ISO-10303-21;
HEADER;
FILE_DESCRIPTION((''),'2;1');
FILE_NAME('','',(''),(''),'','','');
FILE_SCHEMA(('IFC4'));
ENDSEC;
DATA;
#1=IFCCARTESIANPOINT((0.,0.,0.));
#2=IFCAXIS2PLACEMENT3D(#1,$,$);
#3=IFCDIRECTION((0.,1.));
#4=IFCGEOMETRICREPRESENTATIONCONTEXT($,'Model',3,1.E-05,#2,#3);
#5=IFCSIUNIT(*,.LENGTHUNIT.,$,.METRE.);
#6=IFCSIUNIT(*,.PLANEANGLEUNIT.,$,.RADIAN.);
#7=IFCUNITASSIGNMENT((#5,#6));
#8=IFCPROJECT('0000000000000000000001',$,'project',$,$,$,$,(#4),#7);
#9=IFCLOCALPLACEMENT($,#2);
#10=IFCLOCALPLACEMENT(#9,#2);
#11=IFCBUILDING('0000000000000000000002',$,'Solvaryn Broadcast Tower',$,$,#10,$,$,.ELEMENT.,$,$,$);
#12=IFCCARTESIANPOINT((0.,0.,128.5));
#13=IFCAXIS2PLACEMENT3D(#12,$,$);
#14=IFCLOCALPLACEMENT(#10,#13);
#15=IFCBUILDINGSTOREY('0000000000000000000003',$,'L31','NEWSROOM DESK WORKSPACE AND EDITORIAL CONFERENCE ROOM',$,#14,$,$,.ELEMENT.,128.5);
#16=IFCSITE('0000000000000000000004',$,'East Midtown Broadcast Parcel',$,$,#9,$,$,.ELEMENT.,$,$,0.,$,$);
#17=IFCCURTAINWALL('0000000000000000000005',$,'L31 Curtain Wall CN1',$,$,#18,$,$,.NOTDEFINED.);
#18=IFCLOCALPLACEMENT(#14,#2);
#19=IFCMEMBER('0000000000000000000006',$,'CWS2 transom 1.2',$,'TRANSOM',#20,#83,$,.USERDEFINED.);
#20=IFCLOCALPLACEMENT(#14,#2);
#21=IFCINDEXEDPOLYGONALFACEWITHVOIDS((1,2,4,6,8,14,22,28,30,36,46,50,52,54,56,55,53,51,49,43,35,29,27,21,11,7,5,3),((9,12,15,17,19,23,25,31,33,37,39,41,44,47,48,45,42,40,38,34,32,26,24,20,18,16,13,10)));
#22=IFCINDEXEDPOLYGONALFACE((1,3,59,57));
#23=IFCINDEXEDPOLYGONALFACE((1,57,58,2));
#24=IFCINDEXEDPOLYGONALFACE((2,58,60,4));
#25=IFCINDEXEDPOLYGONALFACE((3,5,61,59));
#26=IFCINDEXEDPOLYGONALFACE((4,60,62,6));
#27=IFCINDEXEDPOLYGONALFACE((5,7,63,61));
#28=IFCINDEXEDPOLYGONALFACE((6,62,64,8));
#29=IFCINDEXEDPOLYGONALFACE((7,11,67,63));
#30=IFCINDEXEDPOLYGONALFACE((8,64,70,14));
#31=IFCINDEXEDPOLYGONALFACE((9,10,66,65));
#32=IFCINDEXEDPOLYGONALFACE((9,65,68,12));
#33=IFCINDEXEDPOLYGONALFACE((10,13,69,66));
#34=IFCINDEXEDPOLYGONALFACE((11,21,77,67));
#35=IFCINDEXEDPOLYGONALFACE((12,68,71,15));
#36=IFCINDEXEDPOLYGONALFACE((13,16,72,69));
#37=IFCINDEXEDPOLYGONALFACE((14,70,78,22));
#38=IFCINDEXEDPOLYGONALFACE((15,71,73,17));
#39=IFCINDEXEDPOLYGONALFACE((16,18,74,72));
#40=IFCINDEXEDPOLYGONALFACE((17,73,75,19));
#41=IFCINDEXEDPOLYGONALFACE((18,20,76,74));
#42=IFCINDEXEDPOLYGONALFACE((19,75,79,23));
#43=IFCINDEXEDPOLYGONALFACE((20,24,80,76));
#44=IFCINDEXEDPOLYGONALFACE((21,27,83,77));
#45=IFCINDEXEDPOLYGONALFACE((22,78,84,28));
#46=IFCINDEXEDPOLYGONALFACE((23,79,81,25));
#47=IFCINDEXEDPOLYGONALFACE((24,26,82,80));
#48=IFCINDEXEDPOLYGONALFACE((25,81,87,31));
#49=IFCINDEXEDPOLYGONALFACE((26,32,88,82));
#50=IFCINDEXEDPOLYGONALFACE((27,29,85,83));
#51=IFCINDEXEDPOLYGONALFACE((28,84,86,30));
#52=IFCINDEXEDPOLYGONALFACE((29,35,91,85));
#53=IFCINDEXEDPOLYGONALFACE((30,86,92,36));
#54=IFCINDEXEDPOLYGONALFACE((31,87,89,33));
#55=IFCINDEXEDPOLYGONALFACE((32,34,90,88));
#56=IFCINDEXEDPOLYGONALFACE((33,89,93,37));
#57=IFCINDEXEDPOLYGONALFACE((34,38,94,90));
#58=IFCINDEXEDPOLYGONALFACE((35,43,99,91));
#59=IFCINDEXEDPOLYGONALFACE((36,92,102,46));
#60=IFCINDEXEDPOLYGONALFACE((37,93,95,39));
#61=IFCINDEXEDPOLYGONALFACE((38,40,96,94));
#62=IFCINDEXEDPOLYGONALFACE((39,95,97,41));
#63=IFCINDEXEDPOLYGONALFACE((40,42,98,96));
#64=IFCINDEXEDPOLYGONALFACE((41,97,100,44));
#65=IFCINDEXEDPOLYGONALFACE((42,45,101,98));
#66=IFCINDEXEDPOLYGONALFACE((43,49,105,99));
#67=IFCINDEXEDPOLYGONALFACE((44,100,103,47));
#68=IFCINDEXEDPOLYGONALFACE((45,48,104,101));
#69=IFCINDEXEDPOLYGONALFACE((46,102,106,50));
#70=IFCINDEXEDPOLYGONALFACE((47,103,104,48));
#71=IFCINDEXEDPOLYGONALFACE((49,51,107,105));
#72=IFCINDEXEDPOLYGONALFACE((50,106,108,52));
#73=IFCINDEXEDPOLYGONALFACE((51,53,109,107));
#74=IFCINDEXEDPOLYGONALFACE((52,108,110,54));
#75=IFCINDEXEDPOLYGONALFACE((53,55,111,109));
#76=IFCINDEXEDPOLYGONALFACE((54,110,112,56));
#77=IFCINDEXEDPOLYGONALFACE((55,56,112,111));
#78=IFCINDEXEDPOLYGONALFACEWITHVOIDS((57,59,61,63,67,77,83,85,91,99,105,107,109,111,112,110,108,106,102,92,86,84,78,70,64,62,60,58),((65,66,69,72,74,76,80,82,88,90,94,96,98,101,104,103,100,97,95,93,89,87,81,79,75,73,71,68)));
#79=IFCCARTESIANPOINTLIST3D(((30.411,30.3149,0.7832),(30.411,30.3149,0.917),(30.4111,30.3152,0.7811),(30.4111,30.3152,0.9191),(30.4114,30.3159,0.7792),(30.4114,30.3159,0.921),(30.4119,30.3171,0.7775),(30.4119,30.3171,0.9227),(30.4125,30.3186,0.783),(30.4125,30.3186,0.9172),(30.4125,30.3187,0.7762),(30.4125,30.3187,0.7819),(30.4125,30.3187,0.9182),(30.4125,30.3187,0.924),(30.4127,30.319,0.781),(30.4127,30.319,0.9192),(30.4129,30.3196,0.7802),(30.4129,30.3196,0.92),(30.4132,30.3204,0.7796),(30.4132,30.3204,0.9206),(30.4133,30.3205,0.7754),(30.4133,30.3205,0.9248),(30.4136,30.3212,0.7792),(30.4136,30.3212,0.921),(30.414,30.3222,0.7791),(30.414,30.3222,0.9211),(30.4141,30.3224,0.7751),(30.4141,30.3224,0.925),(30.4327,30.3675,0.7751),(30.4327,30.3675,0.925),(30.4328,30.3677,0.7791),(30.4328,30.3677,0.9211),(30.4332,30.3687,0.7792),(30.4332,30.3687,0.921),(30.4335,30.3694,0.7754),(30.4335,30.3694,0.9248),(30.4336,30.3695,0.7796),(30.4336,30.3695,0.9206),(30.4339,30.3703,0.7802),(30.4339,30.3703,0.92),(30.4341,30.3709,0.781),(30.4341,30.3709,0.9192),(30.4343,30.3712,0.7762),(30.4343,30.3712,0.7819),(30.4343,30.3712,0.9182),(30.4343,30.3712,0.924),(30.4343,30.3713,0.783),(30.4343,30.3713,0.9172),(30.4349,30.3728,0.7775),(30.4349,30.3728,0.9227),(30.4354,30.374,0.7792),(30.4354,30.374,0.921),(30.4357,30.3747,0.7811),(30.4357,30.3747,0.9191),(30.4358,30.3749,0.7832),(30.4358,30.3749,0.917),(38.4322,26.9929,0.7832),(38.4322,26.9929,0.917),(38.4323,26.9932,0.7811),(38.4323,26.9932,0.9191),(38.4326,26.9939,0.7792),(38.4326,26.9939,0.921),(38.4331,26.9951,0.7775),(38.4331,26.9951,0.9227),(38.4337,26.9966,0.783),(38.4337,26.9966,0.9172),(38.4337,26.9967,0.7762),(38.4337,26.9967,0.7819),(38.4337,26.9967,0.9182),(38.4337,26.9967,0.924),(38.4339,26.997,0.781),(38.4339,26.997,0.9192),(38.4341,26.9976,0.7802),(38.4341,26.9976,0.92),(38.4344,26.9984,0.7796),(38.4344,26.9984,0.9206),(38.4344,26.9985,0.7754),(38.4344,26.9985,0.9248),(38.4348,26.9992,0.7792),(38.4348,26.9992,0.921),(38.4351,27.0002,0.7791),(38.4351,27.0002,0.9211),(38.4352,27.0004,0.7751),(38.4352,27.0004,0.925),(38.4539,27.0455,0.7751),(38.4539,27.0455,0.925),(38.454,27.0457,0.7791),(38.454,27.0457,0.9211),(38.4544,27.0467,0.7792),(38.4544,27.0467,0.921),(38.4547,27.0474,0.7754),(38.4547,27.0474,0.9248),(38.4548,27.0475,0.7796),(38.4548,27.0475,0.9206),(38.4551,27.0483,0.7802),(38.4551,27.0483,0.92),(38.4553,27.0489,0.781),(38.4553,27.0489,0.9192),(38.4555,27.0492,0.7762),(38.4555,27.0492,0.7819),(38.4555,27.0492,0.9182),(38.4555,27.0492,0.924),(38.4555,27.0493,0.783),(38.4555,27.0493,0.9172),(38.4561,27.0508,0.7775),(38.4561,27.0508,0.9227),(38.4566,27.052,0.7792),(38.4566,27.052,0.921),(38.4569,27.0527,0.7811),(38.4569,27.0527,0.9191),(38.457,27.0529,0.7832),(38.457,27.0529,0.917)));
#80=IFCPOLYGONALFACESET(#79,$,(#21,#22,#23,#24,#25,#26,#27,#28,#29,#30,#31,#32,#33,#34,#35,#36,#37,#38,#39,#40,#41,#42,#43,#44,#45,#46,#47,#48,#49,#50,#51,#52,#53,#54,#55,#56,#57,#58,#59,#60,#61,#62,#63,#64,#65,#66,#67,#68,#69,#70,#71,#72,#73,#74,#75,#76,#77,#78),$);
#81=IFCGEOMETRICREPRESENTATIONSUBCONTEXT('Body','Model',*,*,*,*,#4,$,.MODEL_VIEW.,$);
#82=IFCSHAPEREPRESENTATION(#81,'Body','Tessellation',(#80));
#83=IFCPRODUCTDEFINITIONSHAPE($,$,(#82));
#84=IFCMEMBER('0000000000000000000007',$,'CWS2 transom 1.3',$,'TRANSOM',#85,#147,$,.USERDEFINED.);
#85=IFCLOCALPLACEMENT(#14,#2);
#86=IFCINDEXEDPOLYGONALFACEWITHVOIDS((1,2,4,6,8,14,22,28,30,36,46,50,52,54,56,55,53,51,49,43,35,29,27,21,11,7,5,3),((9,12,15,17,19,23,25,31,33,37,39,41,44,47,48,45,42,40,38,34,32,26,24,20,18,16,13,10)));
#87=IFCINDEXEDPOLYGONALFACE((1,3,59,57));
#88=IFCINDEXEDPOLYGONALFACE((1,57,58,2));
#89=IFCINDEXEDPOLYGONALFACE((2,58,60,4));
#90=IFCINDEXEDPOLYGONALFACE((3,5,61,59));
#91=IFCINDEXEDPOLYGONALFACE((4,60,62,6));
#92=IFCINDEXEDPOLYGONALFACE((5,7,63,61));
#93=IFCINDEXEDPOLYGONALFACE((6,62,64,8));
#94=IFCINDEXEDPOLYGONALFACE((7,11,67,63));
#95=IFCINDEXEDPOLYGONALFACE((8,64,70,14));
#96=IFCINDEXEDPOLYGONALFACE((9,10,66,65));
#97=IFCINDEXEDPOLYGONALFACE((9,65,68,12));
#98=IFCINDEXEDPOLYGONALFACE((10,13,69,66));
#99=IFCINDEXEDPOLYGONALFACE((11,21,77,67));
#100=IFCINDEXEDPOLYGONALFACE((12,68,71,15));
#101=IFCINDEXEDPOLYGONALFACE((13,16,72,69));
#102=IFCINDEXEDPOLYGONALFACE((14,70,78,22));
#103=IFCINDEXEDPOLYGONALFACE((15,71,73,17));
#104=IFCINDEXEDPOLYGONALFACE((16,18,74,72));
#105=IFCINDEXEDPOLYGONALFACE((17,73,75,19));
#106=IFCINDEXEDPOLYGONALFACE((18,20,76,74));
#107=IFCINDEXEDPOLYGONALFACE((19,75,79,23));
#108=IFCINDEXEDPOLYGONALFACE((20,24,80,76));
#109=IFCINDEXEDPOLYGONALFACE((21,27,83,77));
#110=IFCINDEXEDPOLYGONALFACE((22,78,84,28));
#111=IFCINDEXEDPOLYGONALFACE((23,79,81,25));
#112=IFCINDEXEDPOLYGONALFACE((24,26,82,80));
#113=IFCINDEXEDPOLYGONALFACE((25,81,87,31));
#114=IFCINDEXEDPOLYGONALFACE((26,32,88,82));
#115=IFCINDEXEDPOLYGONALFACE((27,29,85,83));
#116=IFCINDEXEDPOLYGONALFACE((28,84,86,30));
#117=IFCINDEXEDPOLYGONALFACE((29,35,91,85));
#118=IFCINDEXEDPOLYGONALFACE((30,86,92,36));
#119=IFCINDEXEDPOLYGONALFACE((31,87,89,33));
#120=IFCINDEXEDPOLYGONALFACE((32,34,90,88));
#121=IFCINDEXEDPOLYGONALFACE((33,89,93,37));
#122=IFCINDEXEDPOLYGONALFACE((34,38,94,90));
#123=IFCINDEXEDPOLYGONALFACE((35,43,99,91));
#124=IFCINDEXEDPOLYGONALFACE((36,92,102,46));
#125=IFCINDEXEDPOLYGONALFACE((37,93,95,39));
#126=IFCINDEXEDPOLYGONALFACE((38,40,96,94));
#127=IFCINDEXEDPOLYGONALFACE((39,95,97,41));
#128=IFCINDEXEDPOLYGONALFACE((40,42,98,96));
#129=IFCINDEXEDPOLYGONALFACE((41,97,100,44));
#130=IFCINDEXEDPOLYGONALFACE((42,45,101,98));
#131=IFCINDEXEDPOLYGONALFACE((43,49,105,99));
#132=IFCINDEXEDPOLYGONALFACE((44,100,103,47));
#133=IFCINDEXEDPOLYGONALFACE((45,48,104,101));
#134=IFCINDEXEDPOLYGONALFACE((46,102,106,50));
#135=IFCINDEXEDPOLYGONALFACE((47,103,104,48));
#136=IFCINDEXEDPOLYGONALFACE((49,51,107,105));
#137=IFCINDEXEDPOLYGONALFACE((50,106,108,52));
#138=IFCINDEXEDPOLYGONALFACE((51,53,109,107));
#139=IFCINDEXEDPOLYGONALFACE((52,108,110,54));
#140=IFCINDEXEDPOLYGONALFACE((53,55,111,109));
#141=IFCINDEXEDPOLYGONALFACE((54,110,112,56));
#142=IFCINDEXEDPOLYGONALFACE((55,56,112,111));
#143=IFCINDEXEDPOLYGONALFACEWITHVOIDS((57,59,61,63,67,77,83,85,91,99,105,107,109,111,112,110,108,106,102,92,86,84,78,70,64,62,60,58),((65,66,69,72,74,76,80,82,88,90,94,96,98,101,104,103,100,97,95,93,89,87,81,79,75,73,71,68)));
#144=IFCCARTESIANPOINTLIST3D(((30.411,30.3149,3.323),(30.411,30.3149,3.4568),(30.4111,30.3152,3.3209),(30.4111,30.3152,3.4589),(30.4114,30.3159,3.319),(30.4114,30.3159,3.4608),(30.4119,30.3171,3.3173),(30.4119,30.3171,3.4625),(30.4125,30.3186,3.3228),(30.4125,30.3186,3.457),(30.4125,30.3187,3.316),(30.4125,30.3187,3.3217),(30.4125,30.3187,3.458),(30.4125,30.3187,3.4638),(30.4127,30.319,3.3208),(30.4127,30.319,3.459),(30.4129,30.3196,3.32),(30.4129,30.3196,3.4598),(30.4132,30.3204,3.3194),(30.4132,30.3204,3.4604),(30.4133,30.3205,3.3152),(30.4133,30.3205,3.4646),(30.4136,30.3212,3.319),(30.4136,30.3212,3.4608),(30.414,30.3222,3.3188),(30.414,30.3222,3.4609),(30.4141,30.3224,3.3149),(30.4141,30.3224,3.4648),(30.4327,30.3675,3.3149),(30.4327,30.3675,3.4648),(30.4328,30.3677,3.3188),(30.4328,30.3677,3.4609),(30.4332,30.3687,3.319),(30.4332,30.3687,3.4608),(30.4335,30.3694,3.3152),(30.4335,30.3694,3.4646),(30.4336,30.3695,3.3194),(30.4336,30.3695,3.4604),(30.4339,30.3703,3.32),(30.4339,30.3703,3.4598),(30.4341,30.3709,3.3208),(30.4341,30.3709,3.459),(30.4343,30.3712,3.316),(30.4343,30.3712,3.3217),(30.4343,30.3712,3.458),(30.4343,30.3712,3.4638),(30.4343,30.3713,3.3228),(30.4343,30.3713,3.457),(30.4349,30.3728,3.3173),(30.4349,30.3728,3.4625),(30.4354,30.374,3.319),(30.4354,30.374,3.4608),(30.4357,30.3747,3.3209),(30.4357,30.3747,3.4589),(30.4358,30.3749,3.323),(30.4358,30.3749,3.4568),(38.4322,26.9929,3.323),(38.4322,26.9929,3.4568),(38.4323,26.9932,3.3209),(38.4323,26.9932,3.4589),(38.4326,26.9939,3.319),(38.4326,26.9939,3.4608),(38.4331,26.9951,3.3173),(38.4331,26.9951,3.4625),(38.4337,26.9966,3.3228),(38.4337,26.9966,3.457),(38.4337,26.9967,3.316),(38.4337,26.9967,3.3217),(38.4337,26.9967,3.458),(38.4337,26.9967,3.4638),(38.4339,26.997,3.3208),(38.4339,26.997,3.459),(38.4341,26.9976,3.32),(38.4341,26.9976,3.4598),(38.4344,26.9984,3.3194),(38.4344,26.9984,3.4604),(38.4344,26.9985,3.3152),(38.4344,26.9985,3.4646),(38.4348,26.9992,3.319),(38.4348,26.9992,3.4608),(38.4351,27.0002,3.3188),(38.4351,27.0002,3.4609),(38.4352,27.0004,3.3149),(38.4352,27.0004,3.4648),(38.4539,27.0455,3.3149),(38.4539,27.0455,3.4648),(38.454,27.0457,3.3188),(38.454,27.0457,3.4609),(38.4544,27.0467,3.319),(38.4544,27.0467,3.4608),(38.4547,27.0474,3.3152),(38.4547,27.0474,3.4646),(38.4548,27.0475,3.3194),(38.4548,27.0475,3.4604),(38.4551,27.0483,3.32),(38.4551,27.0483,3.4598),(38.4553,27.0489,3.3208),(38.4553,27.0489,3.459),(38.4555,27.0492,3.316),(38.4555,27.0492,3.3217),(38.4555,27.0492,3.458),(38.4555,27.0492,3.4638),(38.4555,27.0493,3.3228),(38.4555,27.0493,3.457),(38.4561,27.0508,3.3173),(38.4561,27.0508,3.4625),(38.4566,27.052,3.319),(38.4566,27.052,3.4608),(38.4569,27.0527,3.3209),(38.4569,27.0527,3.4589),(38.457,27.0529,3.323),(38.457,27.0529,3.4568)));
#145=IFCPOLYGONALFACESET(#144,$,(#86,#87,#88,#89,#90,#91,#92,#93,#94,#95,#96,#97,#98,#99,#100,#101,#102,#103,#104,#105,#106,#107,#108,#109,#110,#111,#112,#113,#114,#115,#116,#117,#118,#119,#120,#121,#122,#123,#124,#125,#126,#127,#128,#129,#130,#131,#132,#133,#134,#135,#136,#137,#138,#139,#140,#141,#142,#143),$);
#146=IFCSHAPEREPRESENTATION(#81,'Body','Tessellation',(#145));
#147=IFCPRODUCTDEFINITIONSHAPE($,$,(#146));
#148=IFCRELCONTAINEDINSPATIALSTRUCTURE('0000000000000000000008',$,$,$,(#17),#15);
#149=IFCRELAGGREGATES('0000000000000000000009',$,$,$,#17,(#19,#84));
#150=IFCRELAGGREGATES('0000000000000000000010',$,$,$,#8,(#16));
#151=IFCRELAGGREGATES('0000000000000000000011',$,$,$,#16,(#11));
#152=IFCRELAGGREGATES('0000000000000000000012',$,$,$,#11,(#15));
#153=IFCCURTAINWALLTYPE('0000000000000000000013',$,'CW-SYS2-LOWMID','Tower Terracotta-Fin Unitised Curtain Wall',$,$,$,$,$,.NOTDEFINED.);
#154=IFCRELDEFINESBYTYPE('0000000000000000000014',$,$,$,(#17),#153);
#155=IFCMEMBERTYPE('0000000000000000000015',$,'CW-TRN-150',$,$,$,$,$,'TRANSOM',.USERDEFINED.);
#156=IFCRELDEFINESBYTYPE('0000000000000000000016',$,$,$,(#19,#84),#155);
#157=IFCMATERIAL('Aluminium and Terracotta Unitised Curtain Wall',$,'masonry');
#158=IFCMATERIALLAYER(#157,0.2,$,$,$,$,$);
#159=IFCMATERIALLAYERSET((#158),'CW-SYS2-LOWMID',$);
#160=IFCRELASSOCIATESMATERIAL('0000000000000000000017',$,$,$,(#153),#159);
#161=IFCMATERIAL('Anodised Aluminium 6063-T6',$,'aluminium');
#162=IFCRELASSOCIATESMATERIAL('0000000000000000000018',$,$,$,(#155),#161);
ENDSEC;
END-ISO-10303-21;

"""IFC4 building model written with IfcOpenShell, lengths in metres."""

from ifc_helpers import new_model, si_unit, direction, frame, origin, origin_2d, place, context, subcontext, project, spatial, hollow_rectangle, extrude, material, layer, layer_set, material_profile, profile_set, type_object, element, aggregate, save


model = new_model("IFC4")

# Units and contexts
model_context = context("Model", 3, precision=1e-05, world=origin(), true_north=direction((0.0, 1.0)))
body_context = subcontext(model_context, "Body", "Model", "MODEL_VIEW")
ifc_project = project(units=[si_unit("LENGTHUNIT", "METRE"), si_unit("PLANEANGLEUNIT", "RADIAN")], contexts=[model_context])

# Site, building, storey
site_placement = place(None, origin())
site = spatial("IfcSite", under=ifc_project, at=site_placement, Name="East Midtown Broadcast Parcel", CompositionType="ELEMENT", RefElevation=0.0)
building_placement = place(site_placement, origin())
building = spatial("IfcBuilding", under=site, at=building_placement, Name="Solvaryn Broadcast Tower", CompositionType="ELEMENT")
storey_placement = place(building_placement, frame((0.0, 0.0, 128.5)))
storey = spatial("IfcBuildingStorey", under=building, at=storey_placement, Name="L31", Description="NEWSROOM DESK WORKSPACE AND EDITORIAL CONFERENCE ROOM", CompositionType="ELEMENT", Elevation=128.5)

# Curtain wall
ifc_material_1 = material(Name="Aluminium and Terracotta Unitised Curtain Wall", Category="masonry")
ifc_layer_1 = layer(ifc_material_1, 0.2)
ifc_layer_set_1 = layer_set([ifc_layer_1], Name="CW-SYS2-LOWMID")
curtain_wall_type = type_object("IfcCurtainWallType", Name="CW-SYS2-LOWMID", Description="Tower Terracotta-Fin Unitised Curtain Wall", PredefinedType="NOTDEFINED", material=ifc_layer_set_1)
curtain_wall_1_placement = place(storey_placement, origin())
curtain_wall_1 = element("IfcCurtainWall", 1, at=curtain_wall_1_placement, inside=storey, type_object=curtain_wall_type, Name="L31 Curtain Wall CN1", PredefinedType="NOTDEFINED")

# Members
ifc_material_2 = material(Name="Anodised Aluminium 6063-T6", Category="aluminium")
ifc_material_profile_1 = material_profile(ifc_material_2, hollow_rectangle(XDim=0.0649, YDim=0.1499, WallThickness=0.0039, InnerFilletRadius=0.0039, OuterFilletRadius=0.0081, at=origin_2d()))
ifc_profile_set_1 = profile_set([ifc_material_profile_1], Name="Anodised Aluminium 6063-T6")
member_type_1 = type_object("IfcMemberType", Name="CW-TRN-150", ElementType="TRANSOM", PredefinedType="USERDEFINED", material=ifc_profile_set_1)
member_1_placement = place(storey_placement, frame((38.4446, 27.0229, 0.8501), z_axis=(-0.923899, 0.382636, 0.0), x_axis=(-0.382636, -0.923899, 0.0)))
member_1 = element("IfcMember", 2, at=member_1_placement, type_object=member_type_1, Name="CWS2 transom 1.2", ObjectType="TRANSOM", PredefinedType="USERDEFINED", context=body_context, shape_type="SweptSolid", body=[
    extrude(hollow_rectangle(XDim=0.0649, YDim=0.1499, WallThickness=0.0039, InnerFilletRadius=0.0039, OuterFilletRadius=0.0081, at=origin_2d()), origin(), (0.0, 0.0, 1.0), 8.6819),
])
member_2_placement = place(storey_placement, frame((38.4446, 27.0229, 3.3899), z_axis=(-0.923899, 0.382636, 0.0), x_axis=(-0.382636, -0.923899, 0.0)))
member_2 = element("IfcMember", 3, at=member_2_placement, type_object=member_type_1, Name="CWS2 transom 1.3", ObjectType="TRANSOM", PredefinedType="USERDEFINED", context=body_context, shape_type="SweptSolid", body=[
    extrude(hollow_rectangle(XDim=0.0649, YDim=0.1499, WallThickness=0.0039, InnerFilletRadius=0.0039, OuterFilletRadius=0.0081, at=origin_2d()), origin(), (0.0, 0.0, 1.0), 8.6819),
])
aggregate(curtain_wall_1, [member_1, member_2])

save(model, "model.ifc")
